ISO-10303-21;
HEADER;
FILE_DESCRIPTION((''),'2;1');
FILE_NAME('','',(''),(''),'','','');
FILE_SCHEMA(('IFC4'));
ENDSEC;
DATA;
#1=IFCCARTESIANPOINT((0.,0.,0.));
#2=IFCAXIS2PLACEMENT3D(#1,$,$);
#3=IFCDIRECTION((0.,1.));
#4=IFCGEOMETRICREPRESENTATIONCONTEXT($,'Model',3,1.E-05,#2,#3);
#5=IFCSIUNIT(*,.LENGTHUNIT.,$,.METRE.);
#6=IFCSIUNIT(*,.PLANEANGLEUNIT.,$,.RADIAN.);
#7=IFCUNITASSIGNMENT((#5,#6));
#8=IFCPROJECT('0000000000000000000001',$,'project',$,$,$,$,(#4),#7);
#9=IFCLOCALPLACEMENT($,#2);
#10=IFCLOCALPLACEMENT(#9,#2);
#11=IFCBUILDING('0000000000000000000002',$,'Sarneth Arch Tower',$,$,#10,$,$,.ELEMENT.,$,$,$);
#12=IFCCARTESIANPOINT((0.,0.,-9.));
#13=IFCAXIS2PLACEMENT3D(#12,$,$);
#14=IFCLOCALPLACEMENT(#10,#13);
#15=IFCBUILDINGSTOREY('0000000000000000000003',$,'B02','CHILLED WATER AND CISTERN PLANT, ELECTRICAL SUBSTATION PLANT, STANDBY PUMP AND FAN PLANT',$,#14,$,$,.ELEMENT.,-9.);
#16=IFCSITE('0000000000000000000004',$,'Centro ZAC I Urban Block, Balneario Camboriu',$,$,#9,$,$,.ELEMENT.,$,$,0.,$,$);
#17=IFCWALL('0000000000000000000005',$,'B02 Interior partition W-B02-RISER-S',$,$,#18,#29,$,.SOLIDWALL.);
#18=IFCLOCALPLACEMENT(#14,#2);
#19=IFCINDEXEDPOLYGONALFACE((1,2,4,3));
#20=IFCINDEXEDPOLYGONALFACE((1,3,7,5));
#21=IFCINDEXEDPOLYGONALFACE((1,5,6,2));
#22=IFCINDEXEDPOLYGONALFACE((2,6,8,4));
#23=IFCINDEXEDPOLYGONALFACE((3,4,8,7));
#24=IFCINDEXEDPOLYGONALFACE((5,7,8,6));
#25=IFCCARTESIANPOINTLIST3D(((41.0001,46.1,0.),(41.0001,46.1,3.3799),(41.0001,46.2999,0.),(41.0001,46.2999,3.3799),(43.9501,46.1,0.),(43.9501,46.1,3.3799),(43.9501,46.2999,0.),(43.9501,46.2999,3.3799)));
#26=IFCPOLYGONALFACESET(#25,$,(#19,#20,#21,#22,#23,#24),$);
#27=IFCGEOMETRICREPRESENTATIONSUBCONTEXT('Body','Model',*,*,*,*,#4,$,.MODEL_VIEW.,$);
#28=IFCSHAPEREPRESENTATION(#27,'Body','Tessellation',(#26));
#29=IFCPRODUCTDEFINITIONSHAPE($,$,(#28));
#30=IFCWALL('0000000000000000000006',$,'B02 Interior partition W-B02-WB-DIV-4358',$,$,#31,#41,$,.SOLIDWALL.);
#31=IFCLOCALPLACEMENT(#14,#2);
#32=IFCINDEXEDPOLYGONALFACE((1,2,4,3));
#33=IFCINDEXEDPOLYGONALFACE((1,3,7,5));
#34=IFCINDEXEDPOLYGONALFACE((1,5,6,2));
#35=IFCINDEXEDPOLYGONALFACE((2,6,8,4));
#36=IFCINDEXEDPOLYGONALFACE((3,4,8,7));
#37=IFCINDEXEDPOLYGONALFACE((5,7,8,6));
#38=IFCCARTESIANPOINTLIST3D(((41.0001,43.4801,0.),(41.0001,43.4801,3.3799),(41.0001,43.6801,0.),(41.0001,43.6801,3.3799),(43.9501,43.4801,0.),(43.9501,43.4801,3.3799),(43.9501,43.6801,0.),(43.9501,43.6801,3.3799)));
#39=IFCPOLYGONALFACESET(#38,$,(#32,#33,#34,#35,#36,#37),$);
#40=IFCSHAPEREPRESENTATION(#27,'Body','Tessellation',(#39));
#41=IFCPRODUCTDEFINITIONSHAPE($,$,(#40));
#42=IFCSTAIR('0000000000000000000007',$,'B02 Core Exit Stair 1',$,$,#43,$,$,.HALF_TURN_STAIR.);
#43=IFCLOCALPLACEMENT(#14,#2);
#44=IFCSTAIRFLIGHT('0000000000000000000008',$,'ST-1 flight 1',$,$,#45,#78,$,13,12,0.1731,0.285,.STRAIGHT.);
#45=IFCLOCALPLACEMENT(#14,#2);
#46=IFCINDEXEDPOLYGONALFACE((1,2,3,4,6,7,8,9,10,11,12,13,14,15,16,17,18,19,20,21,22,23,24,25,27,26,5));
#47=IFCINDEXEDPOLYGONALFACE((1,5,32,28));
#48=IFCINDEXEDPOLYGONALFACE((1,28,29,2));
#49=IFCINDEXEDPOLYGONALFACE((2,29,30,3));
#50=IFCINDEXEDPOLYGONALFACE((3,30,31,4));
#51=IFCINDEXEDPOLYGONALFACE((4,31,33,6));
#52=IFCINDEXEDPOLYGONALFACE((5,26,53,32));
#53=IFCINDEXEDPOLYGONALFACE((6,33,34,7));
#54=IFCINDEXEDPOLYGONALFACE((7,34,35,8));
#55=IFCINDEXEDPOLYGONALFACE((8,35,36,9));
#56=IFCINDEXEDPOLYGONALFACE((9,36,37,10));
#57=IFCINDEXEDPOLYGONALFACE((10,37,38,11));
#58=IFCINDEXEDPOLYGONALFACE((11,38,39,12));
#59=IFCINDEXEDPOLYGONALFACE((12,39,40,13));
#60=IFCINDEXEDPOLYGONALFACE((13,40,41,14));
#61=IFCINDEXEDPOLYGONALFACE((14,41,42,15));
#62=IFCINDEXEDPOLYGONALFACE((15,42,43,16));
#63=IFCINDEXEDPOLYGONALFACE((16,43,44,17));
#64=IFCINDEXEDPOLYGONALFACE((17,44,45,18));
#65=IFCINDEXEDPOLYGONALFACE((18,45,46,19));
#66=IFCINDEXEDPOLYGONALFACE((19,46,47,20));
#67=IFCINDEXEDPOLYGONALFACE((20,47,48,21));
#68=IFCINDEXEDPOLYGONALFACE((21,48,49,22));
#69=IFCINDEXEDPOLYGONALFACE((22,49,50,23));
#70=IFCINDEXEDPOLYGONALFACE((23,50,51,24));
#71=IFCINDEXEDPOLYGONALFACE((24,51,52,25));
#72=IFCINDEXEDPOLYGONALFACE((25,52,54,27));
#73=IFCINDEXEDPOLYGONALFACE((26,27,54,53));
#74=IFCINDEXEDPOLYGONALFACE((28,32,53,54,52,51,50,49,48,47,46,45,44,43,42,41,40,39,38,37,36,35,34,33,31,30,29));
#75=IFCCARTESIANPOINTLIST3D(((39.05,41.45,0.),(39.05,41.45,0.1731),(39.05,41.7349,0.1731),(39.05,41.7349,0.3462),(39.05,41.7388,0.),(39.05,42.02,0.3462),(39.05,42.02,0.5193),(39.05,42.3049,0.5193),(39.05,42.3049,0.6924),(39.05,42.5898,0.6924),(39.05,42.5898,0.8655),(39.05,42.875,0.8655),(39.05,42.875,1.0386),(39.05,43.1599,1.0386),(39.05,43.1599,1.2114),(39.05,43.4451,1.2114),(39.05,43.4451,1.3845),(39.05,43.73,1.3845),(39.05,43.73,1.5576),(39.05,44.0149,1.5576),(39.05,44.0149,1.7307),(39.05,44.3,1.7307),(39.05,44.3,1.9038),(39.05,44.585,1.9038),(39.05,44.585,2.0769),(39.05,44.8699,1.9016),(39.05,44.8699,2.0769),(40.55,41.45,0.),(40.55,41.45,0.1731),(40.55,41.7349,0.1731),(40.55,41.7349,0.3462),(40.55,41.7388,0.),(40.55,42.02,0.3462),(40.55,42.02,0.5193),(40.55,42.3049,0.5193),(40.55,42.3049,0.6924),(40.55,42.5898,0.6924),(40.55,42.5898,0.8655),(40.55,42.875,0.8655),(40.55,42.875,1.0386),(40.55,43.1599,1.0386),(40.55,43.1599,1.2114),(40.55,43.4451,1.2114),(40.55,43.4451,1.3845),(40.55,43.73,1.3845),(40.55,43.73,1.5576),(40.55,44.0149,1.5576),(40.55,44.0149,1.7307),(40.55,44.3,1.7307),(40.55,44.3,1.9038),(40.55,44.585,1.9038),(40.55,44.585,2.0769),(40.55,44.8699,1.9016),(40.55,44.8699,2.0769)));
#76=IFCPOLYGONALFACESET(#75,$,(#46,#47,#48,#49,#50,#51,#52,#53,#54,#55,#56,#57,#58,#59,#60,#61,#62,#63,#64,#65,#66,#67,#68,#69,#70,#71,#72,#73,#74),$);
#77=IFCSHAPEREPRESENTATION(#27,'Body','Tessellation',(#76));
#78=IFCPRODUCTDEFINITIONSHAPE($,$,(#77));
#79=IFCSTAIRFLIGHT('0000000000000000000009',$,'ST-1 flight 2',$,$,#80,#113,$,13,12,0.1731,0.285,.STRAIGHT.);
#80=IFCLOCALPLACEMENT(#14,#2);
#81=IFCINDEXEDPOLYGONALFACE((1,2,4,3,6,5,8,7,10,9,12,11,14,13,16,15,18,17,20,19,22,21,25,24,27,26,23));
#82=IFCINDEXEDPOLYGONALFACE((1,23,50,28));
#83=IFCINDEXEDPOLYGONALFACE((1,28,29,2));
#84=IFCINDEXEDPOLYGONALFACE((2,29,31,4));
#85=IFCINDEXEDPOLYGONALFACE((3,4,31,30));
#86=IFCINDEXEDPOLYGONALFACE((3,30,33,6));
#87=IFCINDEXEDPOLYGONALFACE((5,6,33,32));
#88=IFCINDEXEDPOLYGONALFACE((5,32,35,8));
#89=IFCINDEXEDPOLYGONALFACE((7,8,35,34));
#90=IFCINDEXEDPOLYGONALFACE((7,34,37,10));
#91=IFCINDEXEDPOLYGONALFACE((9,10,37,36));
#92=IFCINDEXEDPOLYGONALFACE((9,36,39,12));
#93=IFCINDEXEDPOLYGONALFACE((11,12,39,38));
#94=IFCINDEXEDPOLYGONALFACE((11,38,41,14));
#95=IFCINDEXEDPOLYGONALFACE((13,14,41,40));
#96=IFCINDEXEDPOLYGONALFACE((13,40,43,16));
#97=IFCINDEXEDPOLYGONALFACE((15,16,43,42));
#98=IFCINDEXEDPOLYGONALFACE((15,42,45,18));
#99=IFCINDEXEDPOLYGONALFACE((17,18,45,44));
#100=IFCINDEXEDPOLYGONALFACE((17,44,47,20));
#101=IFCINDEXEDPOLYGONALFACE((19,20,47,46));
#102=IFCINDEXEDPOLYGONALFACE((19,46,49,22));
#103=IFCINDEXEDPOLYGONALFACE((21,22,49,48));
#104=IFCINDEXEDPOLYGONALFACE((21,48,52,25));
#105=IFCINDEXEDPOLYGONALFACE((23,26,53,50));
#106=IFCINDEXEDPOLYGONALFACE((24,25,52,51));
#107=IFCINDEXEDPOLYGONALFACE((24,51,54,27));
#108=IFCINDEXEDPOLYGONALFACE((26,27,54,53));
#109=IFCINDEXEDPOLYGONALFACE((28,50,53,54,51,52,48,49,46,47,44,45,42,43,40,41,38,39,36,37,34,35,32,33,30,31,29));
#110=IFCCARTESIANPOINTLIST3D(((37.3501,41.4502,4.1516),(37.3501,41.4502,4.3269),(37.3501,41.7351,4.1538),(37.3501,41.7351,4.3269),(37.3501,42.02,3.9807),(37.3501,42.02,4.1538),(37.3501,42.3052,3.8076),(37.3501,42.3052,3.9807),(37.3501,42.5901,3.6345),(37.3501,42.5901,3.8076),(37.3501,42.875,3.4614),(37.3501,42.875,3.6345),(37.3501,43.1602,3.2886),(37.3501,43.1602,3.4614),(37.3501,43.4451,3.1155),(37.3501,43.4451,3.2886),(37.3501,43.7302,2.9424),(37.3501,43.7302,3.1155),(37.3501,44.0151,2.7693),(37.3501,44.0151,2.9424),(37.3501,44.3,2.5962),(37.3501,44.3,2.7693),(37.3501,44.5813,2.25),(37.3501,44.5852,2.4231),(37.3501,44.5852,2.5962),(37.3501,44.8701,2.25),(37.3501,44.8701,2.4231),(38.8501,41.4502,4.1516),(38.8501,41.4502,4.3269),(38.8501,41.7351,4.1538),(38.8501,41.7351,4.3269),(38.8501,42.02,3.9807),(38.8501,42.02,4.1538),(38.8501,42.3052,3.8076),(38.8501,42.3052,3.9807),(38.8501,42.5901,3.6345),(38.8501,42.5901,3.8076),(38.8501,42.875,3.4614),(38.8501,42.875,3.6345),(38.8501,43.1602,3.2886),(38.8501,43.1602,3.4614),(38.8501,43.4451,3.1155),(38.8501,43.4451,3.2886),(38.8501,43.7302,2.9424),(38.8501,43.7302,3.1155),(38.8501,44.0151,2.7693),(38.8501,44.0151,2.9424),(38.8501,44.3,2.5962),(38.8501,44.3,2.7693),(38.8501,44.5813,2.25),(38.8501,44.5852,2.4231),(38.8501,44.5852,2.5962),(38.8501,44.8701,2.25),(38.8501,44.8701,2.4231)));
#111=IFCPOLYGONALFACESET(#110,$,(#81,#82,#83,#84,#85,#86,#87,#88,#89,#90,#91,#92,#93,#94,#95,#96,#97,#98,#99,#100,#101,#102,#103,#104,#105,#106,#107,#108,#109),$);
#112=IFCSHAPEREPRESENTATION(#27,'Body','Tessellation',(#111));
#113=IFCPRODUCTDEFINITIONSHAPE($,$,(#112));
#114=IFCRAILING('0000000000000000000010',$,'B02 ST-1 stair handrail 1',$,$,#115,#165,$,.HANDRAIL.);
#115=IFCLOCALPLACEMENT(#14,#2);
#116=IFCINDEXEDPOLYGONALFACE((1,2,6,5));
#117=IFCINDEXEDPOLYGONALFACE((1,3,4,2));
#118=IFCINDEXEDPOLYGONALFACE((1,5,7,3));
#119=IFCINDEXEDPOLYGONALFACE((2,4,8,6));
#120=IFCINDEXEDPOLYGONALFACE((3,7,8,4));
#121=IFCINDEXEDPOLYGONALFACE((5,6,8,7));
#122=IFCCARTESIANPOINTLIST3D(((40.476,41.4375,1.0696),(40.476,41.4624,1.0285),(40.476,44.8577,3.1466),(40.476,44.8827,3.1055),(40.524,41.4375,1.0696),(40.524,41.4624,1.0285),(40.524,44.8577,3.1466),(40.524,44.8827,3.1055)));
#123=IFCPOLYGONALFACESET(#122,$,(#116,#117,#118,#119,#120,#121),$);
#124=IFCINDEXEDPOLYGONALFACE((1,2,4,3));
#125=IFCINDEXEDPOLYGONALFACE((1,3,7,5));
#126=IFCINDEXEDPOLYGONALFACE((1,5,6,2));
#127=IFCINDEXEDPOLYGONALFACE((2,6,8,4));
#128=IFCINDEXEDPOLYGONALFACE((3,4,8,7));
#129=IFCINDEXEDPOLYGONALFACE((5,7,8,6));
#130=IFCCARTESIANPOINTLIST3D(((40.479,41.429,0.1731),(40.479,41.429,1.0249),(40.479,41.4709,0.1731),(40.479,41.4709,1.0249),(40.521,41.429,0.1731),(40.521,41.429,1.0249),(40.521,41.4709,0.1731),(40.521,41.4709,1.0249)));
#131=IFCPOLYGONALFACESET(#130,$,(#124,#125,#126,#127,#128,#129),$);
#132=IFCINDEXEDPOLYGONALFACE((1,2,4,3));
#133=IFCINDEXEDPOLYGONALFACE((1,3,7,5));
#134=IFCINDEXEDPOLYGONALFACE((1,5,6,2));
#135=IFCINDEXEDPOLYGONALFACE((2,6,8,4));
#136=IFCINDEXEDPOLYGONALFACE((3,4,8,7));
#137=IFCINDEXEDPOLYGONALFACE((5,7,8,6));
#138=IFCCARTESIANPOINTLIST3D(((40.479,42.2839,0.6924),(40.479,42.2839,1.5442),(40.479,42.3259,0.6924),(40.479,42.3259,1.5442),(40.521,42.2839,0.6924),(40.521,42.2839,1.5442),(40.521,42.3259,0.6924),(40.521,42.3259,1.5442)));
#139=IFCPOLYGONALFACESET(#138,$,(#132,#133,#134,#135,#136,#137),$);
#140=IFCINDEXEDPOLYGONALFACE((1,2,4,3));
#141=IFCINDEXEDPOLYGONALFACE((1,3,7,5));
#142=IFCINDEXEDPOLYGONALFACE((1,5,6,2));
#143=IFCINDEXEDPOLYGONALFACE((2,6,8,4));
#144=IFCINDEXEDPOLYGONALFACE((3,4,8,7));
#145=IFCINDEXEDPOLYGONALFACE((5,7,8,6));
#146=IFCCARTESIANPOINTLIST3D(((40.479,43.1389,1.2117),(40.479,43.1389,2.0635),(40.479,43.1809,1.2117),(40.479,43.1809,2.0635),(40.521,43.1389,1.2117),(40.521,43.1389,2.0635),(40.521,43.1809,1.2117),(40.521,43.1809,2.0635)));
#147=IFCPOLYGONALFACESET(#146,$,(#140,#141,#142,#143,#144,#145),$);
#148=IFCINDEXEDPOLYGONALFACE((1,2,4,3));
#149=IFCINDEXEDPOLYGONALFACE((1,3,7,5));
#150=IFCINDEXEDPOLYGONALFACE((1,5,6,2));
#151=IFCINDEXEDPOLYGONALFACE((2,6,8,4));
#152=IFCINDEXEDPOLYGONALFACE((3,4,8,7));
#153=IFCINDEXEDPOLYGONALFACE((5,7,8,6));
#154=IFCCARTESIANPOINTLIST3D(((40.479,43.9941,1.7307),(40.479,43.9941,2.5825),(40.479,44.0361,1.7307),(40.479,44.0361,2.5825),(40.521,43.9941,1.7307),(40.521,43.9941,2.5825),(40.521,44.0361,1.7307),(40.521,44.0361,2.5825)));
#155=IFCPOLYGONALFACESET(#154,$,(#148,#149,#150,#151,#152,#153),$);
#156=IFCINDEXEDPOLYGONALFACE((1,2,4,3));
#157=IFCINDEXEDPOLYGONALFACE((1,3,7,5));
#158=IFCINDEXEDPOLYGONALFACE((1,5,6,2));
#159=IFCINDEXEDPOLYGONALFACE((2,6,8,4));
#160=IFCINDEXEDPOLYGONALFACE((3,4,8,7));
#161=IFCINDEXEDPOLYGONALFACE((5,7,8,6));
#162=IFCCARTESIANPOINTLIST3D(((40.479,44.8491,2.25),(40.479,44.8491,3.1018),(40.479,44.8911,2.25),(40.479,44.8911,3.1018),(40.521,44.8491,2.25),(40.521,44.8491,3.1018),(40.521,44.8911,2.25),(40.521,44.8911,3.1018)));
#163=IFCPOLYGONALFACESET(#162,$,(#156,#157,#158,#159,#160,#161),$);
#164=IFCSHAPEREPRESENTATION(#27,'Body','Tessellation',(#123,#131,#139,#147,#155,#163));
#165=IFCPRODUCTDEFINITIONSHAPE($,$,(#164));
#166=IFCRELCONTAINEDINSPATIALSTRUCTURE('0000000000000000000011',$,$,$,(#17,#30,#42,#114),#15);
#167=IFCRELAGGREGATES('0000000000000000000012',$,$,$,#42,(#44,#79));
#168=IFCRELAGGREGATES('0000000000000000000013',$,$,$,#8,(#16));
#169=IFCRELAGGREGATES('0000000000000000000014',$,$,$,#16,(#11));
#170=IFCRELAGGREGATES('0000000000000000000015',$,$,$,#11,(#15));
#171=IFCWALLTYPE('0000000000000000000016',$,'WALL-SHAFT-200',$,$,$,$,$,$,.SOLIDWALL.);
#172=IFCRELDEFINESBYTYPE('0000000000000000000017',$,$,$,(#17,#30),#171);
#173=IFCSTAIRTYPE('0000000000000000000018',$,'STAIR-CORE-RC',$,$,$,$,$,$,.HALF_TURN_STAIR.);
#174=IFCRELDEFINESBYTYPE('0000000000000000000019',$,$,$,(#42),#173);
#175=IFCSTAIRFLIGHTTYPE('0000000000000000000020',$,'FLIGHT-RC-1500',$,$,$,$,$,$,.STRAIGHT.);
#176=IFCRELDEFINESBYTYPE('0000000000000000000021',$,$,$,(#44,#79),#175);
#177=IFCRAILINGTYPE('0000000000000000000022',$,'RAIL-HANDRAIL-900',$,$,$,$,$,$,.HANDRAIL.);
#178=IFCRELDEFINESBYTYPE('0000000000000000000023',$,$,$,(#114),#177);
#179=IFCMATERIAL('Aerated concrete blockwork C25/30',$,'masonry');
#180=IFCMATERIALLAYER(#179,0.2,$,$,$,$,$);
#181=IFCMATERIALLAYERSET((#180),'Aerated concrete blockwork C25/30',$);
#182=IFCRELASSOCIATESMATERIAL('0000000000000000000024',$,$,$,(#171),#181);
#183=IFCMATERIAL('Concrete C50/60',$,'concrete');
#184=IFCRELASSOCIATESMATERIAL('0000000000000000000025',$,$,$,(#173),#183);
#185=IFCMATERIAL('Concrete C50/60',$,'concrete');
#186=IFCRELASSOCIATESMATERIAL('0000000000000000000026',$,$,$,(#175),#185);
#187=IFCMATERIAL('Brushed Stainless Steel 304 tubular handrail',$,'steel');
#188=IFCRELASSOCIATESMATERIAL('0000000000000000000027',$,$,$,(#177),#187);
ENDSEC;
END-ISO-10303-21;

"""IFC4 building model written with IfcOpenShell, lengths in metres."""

from ifc_helpers import new_model, si_unit, direction, frame, frame_2d, origin, origin_2d, place, context, subcontext, project, spatial, polyline, rectangle, outline, extrude, material, layer, layer_set, type_object, element, aggregate, save


model = new_model("IFC4")

# Units and contexts
model_context = context("Model", 3, precision=1e-05, world=origin(), true_north=direction((0.0, 1.0)))
body_context = subcontext(model_context, "Body", "Model", "MODEL_VIEW")
ifc_project = project(units=[si_unit("LENGTHUNIT", "METRE"), si_unit("PLANEANGLEUNIT", "RADIAN")], contexts=[model_context])

# Site, building, storey
site_placement = place(None, origin())
site = spatial("IfcSite", under=ifc_project, at=site_placement, Name="Centro ZAC I Urban Block, Balneario Camboriu", CompositionType="ELEMENT", RefElevation=0.0)
building_placement = place(site_placement, origin())
building = spatial("IfcBuilding", under=site, at=building_placement, Name="Sarneth Arch Tower", CompositionType="ELEMENT")
storey_placement = place(building_placement, frame((0.0, 0.0, -9.0)))
storey = spatial("IfcBuildingStorey", under=building, at=storey_placement, Name="B02", Description="CHILLED WATER AND CISTERN PLANT, ELECTRICAL SUBSTATION PLANT, STANDBY PUMP AND FAN PLANT", CompositionType="ELEMENT", Elevation=-9.0)

# Wall
ifc_material_1 = material(Name="Aerated concrete blockwork C25/30", Category="masonry")
ifc_layer_1 = layer(ifc_material_1, 0.2)
ifc_layer_set_1 = layer_set([ifc_layer_1], Name="Aerated concrete blockwork C25/30")
wall_type_1 = type_object("IfcWallType", Name="WALL-SHAFT-200", PredefinedType="SOLIDWALL", material=ifc_layer_set_1)
wall_1_placement = place(storey_placement, frame((41.0, 46.2, 0.0), z_axis=(0.0, 0.0, 1.0), x_axis=(1.0, 0.0, 0.0)))
element("IfcWall", 1, at=wall_1_placement, inside=storey, type_object=wall_type_1, Name="B02 Interior partition W-B02-RISER-S", PredefinedType="SOLIDWALL", context=body_context, shape_type="SweptSolid", body=[
    extrude(rectangle(XDim=2.95, YDim=0.2, at=frame_2d((1.4751, 0.0))), origin(), (0.0, 0.0, 1.0), 3.3799),
])

# Wall
wall_2_placement = place(storey_placement, frame((41.0, 43.5801, 0.0), z_axis=(0.0, 0.0, 1.0), x_axis=(1.0, 0.0, 0.0)))
element("IfcWall", 2, at=wall_2_placement, inside=storey, type_object=wall_type_1, Name="B02 Interior partition W-B02-WB-DIV-4358", PredefinedType="SOLIDWALL", context=body_context, shape_type="SweptSolid", body=[
    extrude(rectangle(XDim=2.95, YDim=0.2, at=frame_2d((1.4751, 0.0))), origin(), (0.0, 0.0, 1.0), 3.3799),
])

# Stair, stair flights
ifc_material_2 = material(Name="Concrete C50/60", Category="concrete")
stair_type = type_object("IfcStairType", Name="STAIR-CORE-RC", PredefinedType="HALF_TURN_STAIR", material=ifc_material_2)
stair_placement = place(storey_placement, origin())
stair = element("IfcStair", 3, at=stair_placement, inside=storey, type_object=stair_type, Name="B02 Core Exit Stair 1", PredefinedType="HALF_TURN_STAIR")
ifc_material_3 = material(Name="Concrete C50/60", Category="concrete")
stair_flight_type = type_object("IfcStairFlightType", Name="FLIGHT-RC-1500", PredefinedType="STRAIGHT", material=ifc_material_3)
stair_flight_1_placement = place(storey_placement, frame((39.8, 41.45, 0.0), z_axis=(0.0, 0.0, 1.0), x_axis=(0.0, 1.0, 0.0)))
stair_flight_1 = element("IfcStairFlight", 4, at=stair_flight_1_placement, type_object=stair_flight_type, Name="ST-1 flight 1", NumberOfRisers=13, NumberOfTreads=12, PredefinedType="STRAIGHT", RiserHeight=0.1731, TreadLength=0.285, context=body_context, shape_type="SweptSolid", body=[
    extrude(outline(polyline([(0.0, 0.0), (0.0, 0.1731), (0.2849, 0.1731), (0.2849, 0.3462), (0.5701, 0.3462), (0.5701, 0.5193), (0.855, 0.5193), (0.855, 0.6924), (1.1399, 0.6924), (1.1399, 0.8655), (1.425, 0.8655), (1.425, 1.0386), (1.71, 1.0386), (1.71, 1.2114), (1.9951, 1.2114), (1.9951, 1.3845), (2.28, 1.3845), (2.28, 1.5576), (2.5649, 1.5576), (2.5649, 1.7307), (2.8501, 1.7307), (2.8501, 1.9038), (3.135, 1.9038), (3.135, 2.0769), (3.4199, 2.0769), (3.4199, 2.25), (3.4199, 1.9016), (0.2888, 0.0), (0.0, 0.0)])), frame((0.0, 0.75, 0.0), z_axis=(0.0, -1.0, 0.0), x_axis=(1.0, 0.0, 0.0)), (0.0, 0.0, 1.0), 1.5),
])
stair_flight_2_placement = place(storey_placement, frame((38.1001, 44.8701, 2.25), z_axis=(0.0, 0.0, 1.0), x_axis=(0.0, -1.0, 0.0)))
stair_flight_2 = element("IfcStairFlight", 5, at=stair_flight_2_placement, type_object=stair_flight_type, Name="ST-1 flight 2", NumberOfRisers=13, NumberOfTreads=12, PredefinedType="STRAIGHT", RiserHeight=0.1731, TreadLength=0.285, context=body_context, shape_type="SweptSolid", body=[
    extrude(outline(polyline([(0.0, 0.0), (0.0, 0.1731), (0.2849, 0.1731), (0.2849, 0.3462), (0.5701, 0.3462), (0.5701, 0.5193), (0.855, 0.5193), (0.855, 0.6924), (1.1399, 0.6924), (1.1399, 0.8655), (1.425, 0.8655), (1.425, 1.0386), (1.71, 1.0386), (1.71, 1.2114), (1.9951, 1.2114), (1.9951, 1.3845), (2.28, 1.3845), (2.28, 1.5576), (2.5649, 1.5576), (2.5649, 1.7307), (2.8501, 1.7307), (2.8501, 1.9038), (3.135, 1.9038), (3.135, 2.0769), (3.4199, 2.0769), (3.4199, 2.25), (3.4199, 1.9016), (0.2888, 0.0), (0.0, 0.0)])), frame((0.0, 0.75, 0.0), z_axis=(0.0, -1.0, 0.0), x_axis=(1.0, 0.0, 0.0)), (0.0, 0.0, 1.0), 1.5),
])
aggregate(stair, [stair_flight_1, stair_flight_2])

# Railing
ifc_material_4 = material(Name="Brushed Stainless Steel 304 tubular handrail", Category="steel")
railing_type_1 = type_object("IfcRailingType", Name="RAIL-HANDRAIL-900", PredefinedType="HANDRAIL", material=ifc_material_4)
railing_1_placement = place(storey_placement, frame((40.5, 41.45, 0.1731)))
element("IfcRailing", 6, at=railing_1_placement, inside=storey, type_object=railing_type_1, Name="B02 ST-1 stair handrail 1", PredefinedType="HANDRAIL", context=body_context, shape_type="SweptSolid", body=[
    extrude(rectangle(XDim=0.0481, YDim=0.0481, at=origin_2d()), frame((0.0, 0.0, 0.876), z_axis=(0.0, 0.854746, 0.519047), x_axis=(-1.0, 0.0, 0.0)), (0.0, 0.0, 1.0), 4.0015),
    extrude(rectangle(XDim=0.042, YDim=0.042, at=origin_2d()), origin(), (0.0, 0.0, 1.0), 0.8518),
    extrude(rectangle(XDim=0.042, YDim=0.042, at=origin_2d()), frame((0.0, 0.855, 0.5193)), (0.0, 0.0, 1.0), 0.8518),
    extrude(rectangle(XDim=0.042, YDim=0.042, at=origin_2d()), frame((0.0, 1.71, 1.0386)), (0.0, 0.0, 1.0), 0.8518),
    extrude(rectangle(XDim=0.042, YDim=0.042, at=origin_2d()), frame((0.0, 2.5652, 1.5576)), (0.0, 0.0, 1.0), 0.8518),
    extrude(rectangle(XDim=0.042, YDim=0.042, at=origin_2d()), frame((0.0, 3.4202, 2.0769)), (0.0, 0.0, 1.0), 0.8518),
])

save(model, "model.ifc")
